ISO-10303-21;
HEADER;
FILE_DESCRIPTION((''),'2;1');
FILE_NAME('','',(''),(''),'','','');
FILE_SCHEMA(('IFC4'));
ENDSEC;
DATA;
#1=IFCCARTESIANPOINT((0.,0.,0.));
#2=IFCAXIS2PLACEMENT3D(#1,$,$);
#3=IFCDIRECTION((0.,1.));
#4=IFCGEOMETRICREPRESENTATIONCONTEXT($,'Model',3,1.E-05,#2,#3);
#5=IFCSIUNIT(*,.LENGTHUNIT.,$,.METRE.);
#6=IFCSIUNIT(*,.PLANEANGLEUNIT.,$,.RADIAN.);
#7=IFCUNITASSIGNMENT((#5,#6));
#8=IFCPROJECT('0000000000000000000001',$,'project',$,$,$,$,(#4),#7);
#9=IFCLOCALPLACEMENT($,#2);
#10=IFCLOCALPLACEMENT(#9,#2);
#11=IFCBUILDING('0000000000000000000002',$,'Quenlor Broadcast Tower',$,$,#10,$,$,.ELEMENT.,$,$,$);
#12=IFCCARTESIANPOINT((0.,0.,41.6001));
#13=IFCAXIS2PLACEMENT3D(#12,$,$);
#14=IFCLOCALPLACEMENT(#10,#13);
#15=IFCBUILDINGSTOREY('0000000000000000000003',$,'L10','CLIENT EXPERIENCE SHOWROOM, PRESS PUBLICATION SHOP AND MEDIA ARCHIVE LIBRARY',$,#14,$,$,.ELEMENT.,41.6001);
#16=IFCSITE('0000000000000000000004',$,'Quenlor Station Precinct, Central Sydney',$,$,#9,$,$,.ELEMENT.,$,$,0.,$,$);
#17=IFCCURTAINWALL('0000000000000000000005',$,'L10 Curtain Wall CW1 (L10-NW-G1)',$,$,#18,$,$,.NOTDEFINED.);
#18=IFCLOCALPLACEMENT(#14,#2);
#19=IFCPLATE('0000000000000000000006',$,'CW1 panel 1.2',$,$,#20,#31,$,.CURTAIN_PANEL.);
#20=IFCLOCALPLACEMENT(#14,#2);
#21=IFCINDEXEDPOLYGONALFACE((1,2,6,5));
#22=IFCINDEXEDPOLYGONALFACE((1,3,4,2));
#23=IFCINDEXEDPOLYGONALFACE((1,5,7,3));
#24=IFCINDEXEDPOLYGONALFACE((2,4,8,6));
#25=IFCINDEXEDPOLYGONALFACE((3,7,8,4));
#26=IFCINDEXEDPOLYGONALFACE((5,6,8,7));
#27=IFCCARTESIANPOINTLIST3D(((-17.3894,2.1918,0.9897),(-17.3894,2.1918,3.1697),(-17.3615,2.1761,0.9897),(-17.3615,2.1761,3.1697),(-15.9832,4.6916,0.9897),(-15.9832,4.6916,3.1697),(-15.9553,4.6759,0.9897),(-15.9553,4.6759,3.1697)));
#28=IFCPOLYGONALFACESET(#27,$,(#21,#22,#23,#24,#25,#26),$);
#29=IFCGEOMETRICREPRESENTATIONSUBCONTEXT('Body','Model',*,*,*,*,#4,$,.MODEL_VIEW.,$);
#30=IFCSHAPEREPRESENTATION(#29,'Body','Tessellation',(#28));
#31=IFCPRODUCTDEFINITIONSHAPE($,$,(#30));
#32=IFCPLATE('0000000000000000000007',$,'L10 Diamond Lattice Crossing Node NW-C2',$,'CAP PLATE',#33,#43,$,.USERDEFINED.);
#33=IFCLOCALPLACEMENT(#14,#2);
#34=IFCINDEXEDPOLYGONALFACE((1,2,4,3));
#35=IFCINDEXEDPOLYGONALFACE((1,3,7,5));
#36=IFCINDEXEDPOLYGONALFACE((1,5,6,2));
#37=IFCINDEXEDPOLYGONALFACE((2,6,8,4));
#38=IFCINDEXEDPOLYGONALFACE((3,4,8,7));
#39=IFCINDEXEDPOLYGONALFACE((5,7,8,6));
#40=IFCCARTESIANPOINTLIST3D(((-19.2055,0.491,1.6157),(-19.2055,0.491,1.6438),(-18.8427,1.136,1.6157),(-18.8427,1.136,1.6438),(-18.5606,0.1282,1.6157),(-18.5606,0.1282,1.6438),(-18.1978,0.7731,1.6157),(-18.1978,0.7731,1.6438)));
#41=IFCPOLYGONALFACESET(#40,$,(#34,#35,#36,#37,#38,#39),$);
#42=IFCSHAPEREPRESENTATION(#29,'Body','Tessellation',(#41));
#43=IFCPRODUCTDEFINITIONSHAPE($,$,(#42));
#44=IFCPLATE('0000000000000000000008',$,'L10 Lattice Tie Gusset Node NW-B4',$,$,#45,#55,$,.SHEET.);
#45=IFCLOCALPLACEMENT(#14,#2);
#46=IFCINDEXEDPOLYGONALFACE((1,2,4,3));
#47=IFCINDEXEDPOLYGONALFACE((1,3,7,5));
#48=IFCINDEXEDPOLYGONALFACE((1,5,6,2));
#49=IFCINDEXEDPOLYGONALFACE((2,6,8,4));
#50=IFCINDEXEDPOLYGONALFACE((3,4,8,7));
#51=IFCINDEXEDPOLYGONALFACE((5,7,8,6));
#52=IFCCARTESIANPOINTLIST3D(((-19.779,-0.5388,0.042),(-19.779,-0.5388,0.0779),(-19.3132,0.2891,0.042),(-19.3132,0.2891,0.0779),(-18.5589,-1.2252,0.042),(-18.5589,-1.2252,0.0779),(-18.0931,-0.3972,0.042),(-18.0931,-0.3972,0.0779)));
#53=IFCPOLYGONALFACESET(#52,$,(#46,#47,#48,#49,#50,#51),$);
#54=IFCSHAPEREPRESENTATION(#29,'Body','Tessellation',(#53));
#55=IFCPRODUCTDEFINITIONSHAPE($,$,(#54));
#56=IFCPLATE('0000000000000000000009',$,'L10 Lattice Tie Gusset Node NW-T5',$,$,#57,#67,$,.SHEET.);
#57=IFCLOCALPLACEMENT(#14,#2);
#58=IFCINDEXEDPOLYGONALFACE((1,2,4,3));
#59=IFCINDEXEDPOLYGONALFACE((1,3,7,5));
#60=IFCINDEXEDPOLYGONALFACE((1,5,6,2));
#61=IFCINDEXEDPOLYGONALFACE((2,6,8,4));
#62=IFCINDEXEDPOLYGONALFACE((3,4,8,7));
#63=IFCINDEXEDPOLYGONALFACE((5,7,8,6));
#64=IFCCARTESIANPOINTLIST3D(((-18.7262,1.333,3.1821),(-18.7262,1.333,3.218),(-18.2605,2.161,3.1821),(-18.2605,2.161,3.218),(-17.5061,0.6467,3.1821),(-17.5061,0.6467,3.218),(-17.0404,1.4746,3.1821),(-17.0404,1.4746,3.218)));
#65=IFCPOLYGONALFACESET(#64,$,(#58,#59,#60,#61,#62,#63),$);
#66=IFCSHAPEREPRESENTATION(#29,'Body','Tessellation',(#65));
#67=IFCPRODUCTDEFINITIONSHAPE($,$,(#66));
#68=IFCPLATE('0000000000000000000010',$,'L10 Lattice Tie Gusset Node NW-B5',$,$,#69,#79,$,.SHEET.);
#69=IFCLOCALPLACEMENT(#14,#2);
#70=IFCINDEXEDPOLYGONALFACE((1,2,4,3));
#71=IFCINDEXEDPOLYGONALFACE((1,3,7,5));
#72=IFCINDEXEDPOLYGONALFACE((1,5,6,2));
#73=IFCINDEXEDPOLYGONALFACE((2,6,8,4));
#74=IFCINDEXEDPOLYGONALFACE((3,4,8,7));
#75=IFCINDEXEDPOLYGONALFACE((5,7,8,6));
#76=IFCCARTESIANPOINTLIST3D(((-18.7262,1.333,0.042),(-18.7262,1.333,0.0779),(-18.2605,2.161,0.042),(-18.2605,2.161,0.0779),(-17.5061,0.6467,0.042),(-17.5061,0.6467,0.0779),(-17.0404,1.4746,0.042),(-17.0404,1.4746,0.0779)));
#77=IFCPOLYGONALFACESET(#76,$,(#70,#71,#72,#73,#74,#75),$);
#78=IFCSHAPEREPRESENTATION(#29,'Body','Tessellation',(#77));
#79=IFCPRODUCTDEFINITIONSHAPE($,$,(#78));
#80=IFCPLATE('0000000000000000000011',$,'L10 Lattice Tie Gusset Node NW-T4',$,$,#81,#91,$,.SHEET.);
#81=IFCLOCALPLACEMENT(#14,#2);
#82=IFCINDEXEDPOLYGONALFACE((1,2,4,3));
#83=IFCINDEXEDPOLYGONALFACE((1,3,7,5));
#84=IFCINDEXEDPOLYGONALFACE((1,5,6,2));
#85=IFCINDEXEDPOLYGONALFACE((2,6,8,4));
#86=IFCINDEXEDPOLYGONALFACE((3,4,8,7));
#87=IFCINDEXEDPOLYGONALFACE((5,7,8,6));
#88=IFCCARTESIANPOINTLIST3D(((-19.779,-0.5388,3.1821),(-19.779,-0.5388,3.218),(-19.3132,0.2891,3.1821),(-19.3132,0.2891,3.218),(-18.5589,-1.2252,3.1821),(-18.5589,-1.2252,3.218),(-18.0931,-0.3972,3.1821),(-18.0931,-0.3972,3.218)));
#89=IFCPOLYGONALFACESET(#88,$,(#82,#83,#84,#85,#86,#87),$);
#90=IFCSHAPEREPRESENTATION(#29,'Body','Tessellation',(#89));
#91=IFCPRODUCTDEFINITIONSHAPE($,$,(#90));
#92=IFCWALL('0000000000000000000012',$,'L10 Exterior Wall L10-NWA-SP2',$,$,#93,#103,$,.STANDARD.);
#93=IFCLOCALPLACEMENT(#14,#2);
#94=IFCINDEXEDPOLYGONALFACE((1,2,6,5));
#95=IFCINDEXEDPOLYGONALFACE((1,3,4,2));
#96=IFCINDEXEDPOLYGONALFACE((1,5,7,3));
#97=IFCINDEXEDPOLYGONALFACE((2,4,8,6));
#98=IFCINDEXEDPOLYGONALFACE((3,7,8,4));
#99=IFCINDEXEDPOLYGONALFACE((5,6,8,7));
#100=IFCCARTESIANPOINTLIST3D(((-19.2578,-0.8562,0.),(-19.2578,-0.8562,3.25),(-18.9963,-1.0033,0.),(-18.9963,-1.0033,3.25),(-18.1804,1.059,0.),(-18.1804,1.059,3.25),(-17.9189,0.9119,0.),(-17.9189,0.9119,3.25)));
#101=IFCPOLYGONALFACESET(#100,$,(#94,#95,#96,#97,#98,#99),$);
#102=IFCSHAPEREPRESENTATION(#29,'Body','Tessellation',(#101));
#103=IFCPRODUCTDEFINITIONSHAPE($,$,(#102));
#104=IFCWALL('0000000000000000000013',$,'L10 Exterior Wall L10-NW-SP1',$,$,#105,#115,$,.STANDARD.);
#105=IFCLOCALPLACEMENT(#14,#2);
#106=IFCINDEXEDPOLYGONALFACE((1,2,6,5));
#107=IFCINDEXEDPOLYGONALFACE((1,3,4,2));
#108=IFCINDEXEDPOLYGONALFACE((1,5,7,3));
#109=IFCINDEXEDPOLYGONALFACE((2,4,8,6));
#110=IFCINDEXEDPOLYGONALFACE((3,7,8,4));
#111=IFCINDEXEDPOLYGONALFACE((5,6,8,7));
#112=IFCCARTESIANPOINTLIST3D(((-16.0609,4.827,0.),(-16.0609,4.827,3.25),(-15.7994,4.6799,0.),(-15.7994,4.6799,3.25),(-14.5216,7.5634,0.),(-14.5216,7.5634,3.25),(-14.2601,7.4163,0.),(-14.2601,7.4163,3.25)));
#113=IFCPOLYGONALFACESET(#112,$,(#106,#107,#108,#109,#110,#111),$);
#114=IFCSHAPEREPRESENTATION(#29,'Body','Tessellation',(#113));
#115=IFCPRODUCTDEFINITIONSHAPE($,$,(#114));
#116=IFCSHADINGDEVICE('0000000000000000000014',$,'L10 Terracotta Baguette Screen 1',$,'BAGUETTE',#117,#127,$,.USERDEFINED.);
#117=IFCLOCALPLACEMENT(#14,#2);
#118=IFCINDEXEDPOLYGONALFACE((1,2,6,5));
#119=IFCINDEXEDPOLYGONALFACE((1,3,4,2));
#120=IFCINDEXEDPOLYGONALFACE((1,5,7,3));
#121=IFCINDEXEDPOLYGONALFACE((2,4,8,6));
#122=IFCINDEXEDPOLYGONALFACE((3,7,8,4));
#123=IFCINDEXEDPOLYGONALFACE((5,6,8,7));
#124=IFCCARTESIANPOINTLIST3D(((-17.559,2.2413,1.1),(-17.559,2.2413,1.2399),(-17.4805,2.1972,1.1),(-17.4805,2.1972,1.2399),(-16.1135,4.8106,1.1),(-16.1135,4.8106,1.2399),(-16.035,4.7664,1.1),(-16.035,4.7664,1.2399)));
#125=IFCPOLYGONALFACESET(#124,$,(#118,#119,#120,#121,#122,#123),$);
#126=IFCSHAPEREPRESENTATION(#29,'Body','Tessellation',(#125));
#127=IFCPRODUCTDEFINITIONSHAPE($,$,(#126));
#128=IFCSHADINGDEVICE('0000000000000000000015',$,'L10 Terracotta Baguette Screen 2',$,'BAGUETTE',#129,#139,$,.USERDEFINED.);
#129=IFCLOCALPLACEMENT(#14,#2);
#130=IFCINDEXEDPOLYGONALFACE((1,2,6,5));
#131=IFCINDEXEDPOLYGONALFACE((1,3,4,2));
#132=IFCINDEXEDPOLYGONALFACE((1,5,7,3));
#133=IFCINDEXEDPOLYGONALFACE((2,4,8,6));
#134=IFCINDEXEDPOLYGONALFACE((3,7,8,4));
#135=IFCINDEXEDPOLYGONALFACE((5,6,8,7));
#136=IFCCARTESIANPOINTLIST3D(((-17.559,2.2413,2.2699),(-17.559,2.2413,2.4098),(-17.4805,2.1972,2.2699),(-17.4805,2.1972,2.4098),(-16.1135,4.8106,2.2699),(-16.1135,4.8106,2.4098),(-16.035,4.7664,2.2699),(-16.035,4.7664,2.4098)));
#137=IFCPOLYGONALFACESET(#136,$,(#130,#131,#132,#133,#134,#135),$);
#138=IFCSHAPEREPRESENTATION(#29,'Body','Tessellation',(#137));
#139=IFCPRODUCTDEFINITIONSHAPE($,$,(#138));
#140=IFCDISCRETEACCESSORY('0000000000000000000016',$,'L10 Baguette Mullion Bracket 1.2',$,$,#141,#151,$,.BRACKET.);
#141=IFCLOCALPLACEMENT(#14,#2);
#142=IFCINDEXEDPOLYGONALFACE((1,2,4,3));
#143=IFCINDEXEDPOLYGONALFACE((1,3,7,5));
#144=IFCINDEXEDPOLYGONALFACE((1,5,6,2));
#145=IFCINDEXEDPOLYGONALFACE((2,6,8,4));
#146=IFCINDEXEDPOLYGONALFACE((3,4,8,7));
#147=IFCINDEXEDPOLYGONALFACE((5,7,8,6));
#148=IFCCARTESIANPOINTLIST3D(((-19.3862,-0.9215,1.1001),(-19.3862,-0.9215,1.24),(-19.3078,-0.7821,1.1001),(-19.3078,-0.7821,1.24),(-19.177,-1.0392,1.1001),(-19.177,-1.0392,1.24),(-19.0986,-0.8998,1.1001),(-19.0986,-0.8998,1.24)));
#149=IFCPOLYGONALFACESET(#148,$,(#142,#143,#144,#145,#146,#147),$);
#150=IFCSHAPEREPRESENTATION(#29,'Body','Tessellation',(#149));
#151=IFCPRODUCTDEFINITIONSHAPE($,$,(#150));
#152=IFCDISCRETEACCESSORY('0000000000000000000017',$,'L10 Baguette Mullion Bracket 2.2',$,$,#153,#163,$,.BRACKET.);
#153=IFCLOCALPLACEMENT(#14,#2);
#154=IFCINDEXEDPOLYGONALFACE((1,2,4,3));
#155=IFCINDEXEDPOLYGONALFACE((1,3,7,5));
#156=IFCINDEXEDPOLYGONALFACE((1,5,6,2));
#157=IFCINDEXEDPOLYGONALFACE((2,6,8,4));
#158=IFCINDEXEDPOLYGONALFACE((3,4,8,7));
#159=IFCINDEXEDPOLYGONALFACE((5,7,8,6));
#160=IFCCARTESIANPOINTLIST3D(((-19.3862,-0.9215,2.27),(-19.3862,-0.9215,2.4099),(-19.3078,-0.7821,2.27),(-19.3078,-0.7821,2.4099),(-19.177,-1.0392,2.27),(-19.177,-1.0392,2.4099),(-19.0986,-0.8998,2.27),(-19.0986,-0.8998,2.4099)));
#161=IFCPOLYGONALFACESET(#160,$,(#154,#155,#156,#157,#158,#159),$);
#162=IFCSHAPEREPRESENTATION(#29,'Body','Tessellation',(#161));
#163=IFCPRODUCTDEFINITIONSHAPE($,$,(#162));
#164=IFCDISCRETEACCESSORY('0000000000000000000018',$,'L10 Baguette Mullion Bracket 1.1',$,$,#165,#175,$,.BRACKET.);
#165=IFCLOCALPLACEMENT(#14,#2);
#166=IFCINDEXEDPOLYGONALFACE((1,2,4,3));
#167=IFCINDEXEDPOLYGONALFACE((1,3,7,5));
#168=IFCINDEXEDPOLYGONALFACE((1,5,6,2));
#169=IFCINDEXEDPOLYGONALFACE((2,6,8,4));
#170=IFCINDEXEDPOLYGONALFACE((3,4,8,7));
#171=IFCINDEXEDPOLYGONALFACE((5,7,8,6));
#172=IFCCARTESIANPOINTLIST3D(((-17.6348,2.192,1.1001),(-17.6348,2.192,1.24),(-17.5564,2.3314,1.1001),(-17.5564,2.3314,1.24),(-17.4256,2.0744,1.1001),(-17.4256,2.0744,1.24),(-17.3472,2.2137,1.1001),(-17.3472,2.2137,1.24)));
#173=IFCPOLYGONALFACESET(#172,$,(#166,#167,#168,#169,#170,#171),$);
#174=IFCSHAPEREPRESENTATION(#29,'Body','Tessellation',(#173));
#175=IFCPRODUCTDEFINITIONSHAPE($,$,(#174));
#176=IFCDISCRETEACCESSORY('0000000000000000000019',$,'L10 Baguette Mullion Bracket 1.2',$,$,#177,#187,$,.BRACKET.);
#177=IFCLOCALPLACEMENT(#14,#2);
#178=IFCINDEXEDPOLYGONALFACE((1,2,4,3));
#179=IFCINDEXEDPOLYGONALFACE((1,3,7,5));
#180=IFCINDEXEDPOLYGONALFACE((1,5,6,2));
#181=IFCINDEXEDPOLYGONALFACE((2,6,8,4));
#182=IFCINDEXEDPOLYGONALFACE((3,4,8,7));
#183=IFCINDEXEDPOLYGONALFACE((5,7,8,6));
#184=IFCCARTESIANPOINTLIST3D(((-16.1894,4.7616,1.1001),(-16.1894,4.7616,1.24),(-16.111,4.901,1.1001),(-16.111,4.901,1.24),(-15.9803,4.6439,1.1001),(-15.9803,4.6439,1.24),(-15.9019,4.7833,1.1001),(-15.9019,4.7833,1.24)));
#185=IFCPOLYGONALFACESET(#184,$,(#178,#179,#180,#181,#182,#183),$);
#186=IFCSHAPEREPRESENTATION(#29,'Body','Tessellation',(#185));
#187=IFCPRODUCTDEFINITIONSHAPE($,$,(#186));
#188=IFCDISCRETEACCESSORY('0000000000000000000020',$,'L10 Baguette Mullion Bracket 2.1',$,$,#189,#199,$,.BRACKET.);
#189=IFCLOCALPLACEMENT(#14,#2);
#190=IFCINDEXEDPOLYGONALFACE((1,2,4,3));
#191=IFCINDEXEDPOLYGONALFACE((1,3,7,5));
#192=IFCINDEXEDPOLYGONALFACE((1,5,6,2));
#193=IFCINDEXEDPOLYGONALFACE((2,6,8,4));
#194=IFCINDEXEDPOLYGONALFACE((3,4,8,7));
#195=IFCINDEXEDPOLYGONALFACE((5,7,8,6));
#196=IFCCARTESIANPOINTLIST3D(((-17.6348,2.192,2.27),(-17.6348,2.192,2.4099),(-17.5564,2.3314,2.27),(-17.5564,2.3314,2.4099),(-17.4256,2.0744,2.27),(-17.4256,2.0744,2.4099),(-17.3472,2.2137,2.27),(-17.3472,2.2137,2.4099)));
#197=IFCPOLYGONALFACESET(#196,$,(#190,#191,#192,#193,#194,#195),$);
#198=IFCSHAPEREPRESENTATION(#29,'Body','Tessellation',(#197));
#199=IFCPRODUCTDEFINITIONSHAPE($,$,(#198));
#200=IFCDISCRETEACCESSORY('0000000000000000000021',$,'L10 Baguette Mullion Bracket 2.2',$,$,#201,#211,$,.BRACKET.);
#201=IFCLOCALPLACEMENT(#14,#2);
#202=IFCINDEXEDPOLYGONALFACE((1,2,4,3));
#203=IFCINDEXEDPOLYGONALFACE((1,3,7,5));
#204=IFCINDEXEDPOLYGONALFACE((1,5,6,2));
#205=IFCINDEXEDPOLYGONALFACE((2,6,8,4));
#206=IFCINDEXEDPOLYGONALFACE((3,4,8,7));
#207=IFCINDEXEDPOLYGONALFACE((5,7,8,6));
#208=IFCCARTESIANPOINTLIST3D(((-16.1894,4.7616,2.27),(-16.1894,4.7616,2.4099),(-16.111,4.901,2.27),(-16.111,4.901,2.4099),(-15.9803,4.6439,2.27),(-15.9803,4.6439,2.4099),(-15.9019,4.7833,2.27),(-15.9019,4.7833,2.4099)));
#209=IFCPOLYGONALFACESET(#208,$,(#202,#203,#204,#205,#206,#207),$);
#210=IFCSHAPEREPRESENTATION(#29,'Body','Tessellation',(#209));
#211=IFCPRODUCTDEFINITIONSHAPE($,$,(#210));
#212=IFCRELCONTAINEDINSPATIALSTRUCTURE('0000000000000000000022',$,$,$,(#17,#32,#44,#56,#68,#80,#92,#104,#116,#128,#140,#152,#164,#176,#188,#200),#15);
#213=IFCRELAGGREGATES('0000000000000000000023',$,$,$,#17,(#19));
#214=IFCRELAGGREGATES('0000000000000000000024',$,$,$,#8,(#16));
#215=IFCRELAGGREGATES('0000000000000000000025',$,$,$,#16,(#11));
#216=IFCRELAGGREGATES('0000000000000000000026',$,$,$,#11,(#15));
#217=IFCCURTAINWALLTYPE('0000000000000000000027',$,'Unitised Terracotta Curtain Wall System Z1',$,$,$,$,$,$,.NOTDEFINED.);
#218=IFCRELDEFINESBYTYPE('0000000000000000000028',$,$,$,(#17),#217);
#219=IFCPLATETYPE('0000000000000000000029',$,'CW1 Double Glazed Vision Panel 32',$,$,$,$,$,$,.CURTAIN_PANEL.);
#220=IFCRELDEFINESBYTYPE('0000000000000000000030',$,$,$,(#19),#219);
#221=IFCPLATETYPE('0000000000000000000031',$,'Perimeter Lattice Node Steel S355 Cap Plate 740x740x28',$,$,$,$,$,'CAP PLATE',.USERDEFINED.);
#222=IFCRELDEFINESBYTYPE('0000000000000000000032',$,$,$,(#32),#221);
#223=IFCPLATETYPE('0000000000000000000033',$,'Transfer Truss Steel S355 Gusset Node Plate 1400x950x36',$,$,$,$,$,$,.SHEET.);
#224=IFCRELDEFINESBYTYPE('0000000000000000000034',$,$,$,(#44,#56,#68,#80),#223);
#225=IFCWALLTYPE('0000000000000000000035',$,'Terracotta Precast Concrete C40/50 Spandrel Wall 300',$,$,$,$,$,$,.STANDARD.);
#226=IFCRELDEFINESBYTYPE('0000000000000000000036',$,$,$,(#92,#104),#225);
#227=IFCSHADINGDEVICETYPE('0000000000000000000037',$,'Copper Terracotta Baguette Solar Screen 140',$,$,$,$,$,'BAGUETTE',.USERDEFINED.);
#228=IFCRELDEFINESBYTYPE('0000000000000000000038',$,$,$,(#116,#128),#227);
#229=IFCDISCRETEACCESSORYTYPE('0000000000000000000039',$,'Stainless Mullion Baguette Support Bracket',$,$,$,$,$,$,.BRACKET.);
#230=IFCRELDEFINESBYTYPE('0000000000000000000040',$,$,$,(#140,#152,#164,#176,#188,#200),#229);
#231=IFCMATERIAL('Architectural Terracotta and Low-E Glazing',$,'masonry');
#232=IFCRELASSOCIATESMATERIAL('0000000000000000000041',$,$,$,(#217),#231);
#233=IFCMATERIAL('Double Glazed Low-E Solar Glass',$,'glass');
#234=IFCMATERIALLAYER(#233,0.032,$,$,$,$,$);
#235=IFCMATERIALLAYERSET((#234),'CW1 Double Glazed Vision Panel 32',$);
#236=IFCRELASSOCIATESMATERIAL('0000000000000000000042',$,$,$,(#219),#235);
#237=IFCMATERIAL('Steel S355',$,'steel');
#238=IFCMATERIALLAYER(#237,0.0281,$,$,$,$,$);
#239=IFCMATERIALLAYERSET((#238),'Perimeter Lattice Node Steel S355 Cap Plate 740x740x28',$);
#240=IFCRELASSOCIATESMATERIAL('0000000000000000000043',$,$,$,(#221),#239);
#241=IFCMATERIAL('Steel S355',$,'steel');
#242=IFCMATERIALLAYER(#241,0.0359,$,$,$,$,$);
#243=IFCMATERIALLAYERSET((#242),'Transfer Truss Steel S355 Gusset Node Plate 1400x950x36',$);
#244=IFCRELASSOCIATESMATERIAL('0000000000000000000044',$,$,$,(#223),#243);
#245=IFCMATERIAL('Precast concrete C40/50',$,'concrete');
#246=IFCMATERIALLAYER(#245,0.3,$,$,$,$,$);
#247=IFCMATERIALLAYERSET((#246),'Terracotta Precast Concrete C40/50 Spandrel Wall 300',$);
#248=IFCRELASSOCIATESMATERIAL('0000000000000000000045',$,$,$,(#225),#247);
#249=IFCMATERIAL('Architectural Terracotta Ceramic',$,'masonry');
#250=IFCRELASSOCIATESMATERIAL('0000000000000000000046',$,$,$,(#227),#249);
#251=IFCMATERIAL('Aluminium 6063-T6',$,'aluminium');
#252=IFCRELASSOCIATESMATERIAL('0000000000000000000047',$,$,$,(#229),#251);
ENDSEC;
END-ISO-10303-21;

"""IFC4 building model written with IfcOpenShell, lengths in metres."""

from ifc_helpers import new_model, si_unit, direction, frame, frame_2d, origin, origin_2d, place, context, subcontext, project, spatial, rectangle, extrude, material, layer, layer_set, material_profile, profile_set, type_object, element, aggregate, save


model = new_model("IFC4")

# Units and contexts
model_context = context("Model", 3, precision=1e-05, world=origin(), true_north=direction((0.0, 1.0)))
body_context = subcontext(model_context, "Body", "Model", "MODEL_VIEW")
ifc_project = project(units=[si_unit("LENGTHUNIT", "METRE"), si_unit("PLANEANGLEUNIT", "RADIAN")], contexts=[model_context])

# Site, building, storey
site_placement = place(None, origin())
site = spatial("IfcSite", under=ifc_project, at=site_placement, Name="Quenlor Station Precinct, Central Sydney", CompositionType="ELEMENT", RefElevation=0.0)
building_placement = place(site_placement, origin())
building = spatial("IfcBuilding", under=site, at=building_placement, Name="Quenlor Broadcast Tower", CompositionType="ELEMENT")
storey_placement = place(building_placement, frame((0.0, 0.0, 41.6001)))
storey = spatial("IfcBuildingStorey", under=building, at=storey_placement, Name="L10", Description="CLIENT EXPERIENCE SHOWROOM, PRESS PUBLICATION SHOP AND MEDIA ARCHIVE LIBRARY", CompositionType="ELEMENT", Elevation=41.6001)

# Shared definitions
ifc_material_1 = material(Name="Architectural Terracotta and Low-E Glazing", Category="masonry")
curtain_wall_type = type_object("IfcCurtainWallType", Name="Unitised Terracotta Curtain Wall System Z1", PredefinedType="NOTDEFINED", material=ifc_material_1)

# Curtain wall
curtain_wall_1_placement = place(storey_placement, origin())
curtain_wall_1 = element("IfcCurtainWall", 1, at=curtain_wall_1_placement, inside=storey, type_object=curtain_wall_type, Name="L10 Curtain Wall CW1 (L10-NW-G1)", PredefinedType="NOTDEFINED")

# Plate
ifc_material_2 = material(Name="Double Glazed Low-E Solar Glass", Category="glass")
ifc_layer_1 = layer(ifc_material_2, 0.032)
ifc_layer_set_1 = layer_set([ifc_layer_1], Name="CW1 Double Glazed Vision Panel 32")
plate_type_1 = type_object("IfcPlateType", Name="CW1 Double Glazed Vision Panel 32", PredefinedType="CURTAIN_PANEL", material=ifc_layer_set_1)
plate_1_placement = place(storey_placement, frame((-16.6724, 3.4338, 0.9897), z_axis=(0.0, 0.0, 1.0), x_axis=(0.490274, 0.871568, 0.0)))
plate_1 = element("IfcPlate", 2, at=plate_1_placement, type_object=plate_type_1, Name="CW1 panel 1.2", PredefinedType="CURTAIN_PANEL", context=body_context, shape_type="SweptSolid", body=[
    extrude(rectangle(XDim=2.8682, YDim=0.032, at=origin_2d()), origin(), (0.0, 0.0, 1.0), 2.1799),
])
aggregate(curtain_wall_1, [plate_1])

# Plates
ifc_material_3 = material(Name="Steel S355", Category="steel")
ifc_layer_2 = layer(ifc_material_3, 0.0281)
ifc_layer_set_2 = layer_set([ifc_layer_2], Name="Perimeter Lattice Node Steel S355 Cap Plate 740x740x28")
plate_type_2 = type_object("IfcPlateType", Name="Perimeter Lattice Node Steel S355 Cap Plate 740x740x28", ElementType="CAP PLATE", PredefinedType="USERDEFINED", material=ifc_layer_set_2)
plate_2_placement = place(storey_placement, frame((-18.7017, 0.6321, 1.6157), z_axis=(0.0, 0.0, 1.0), x_axis=(0.490295, 0.871556, 0.0)))
element("IfcPlate", 3, at=plate_2_placement, inside=storey, type_object=plate_type_2, Name="L10 Diamond Lattice Crossing Node NW-C2", ObjectType="CAP PLATE", PredefinedType="USERDEFINED", context=body_context, shape_type="SweptSolid", body=[
    extrude(rectangle(XDim=0.74, YDim=0.74, at=origin_2d()), origin(), (0.0, 0.0, 1.0), 0.0281),
])
ifc_material_4 = material(Name="Steel S355", Category="steel")
ifc_layer_3 = layer(ifc_material_4, 0.0359)
ifc_layer_set_3 = layer_set([ifc_layer_3], Name="Transfer Truss Steel S355 Gusset Node Plate 1400x950x36")
plate_type_3 = type_object("IfcPlateType", Name="Transfer Truss Steel S355 Gusset Node Plate 1400x950x36", PredefinedType="SHEET", material=ifc_layer_set_3)
for number, where, z_axis, x_axis, name in (
    (4, (-18.936, -0.468, 0.042), (0.0, 0.0, 1.0), (-0.871556, 0.490295, 0.0), "L10 Lattice Tie Gusset Node NW-B4"),
    (5, (-17.8833, 1.4038, 3.1821), (0.0, 0.0, 1.0), (-0.871556, 0.490295, 0.0), "L10 Lattice Tie Gusset Node NW-T5"),
    (6, (-17.8833, 1.4038, 0.042), (0.0, 0.0, 1.0), (-0.871556, 0.490295, 0.0), "L10 Lattice Tie Gusset Node NW-B5"),
    (7, (-18.936, -0.468, 3.1821), (0.0, 0.0, 1.0), (-0.871556, 0.490295, 0.0), "L10 Lattice Tie Gusset Node NW-T4"),
):
    element("IfcPlate", number, at=place(storey_placement, frame(where, z_axis=z_axis, x_axis=x_axis)), inside=storey, type_object=plate_type_3, Name=name, PredefinedType="SHEET", context=body_context, shape_type="SweptSolid", body=[
        extrude(rectangle(XDim=1.3999, YDim=0.95, at=origin_2d()), origin(), (0.0, 0.0, 1.0), 0.0359),
    ])

# Walls
ifc_material_5 = material(Name="Precast concrete C40/50", Category="concrete")
ifc_layer_4 = layer(ifc_material_5, 0.3)
ifc_layer_set_4 = layer_set([ifc_layer_4], Name="Terracotta Precast Concrete C40/50 Spandrel Wall 300")
wall_type = type_object("IfcWallType", Name="Terracotta Precast Concrete C40/50 Spandrel Wall 300", PredefinedType="STANDARD", material=ifc_layer_set_4)
wall_1_placement = place(storey_placement, frame((-19.127, -0.9297, 0.0), z_axis=(0.0, 0.0, 1.0), x_axis=(0.490277, 0.871567, 0.0)))
element("IfcWall", 8, at=wall_1_placement, inside=storey, type_object=wall_type, Name="L10 Exterior Wall L10-NWA-SP2", PredefinedType="STANDARD", context=body_context, shape_type="SweptSolid", body=[
    extrude(rectangle(XDim=2.1975, YDim=0.3, at=frame_2d((1.0986, 0.0))), origin(), (0.0, 0.0, 1.0), 3.25),
])
wall_2_placement = place(storey_placement, frame((-15.9302, 4.7534, 0.0), z_axis=(0.0, 0.0, 1.0), x_axis=(0.490291, 0.871559, 0.0)))
element("IfcWall", 9, at=wall_2_placement, inside=storey, type_object=wall_type, Name="L10 Exterior Wall L10-NW-SP1", PredefinedType="STANDARD", context=body_context, shape_type="SweptSolid", body=[
    extrude(rectangle(XDim=3.1396, YDim=0.3, at=frame_2d((1.5698, 0.0))), origin(), (0.0, 0.0, 1.0), 3.25),
])

# Shading devices
ifc_material_6 = material(Name="Architectural Terracotta Ceramic", Category="masonry")
ifc_material_profile_1 = material_profile(ifc_material_6, rectangle(XDim=0.0901, YDim=0.1399, at=origin_2d()))
ifc_profile_set_1 = profile_set([ifc_material_profile_1], Name="Architectural Terracotta Ceramic BAG90x140")
shading_device_type = type_object("IfcShadingDeviceType", Name="Copper Terracotta Baguette Solar Screen 140", ElementType="BAGUETTE", PredefinedType="USERDEFINED", material=ifc_profile_set_1)
for number, where, z_axis, x_axis, name in (
    (10, (-17.5198, 2.2192, 1.1699), (0.49034, 0.871531, 0.0), (-0.871531, 0.49034, 0.0), "L10 Terracotta Baguette Screen 1"),
    (11, (-17.5198, 2.2192, 2.3398), (0.49034, 0.871531, 0.0), (-0.871531, 0.49034, 0.0), "L10 Terracotta Baguette Screen 2"),
):
    element("IfcShadingDevice", number, at=place(storey_placement, frame(where, z_axis=z_axis, x_axis=x_axis)), inside=storey, type_object=shading_device_type, Name=name, ObjectType="BAGUETTE", PredefinedType="USERDEFINED", context=body_context, shape_type="SweptSolid", body=[
        extrude(rectangle(XDim=0.0901, YDim=0.1399, at=origin_2d()), origin(), (0.0, 0.0, 1.0), 2.948),
    ])

# Discrete accessories
ifc_material_7 = material(Name="Aluminium 6063-T6", Category="aluminium")
discrete_accessory_type = type_object("IfcDiscreteAccessoryType", Name="Stainless Mullion Baguette Support Bracket", PredefinedType="BRACKET", material=ifc_material_7)
for number, where, z_axis, x_axis, name in (
    (12, (-19.2424, -0.9106, 1.1001), (0.0, 0.0, 1.0), (0.490257, 0.871578, 0.0), "L10 Baguette Mullion Bracket 1.2"),
    (13, (-19.2424, -0.9106, 2.27), (0.0, 0.0, 1.0), (0.490257, 0.871578, 0.0), "L10 Baguette Mullion Bracket 2.2"),
    (14, (-17.491, 2.2029, 1.1001), (0.0, 0.0, 1.0), (0.490274, 0.871568, 0.0), "L10 Baguette Mullion Bracket 1.1"),
    (15, (-16.0457, 4.7725, 1.1001), (0.0, 0.0, 1.0), (0.490274, 0.871568, 0.0), "L10 Baguette Mullion Bracket 1.2"),
    (16, (-17.491, 2.2029, 2.27), (0.0, 0.0, 1.0), (0.490274, 0.871568, 0.0), "L10 Baguette Mullion Bracket 2.1"),
    (17, (-16.0457, 4.7725, 2.27), (0.0, 0.0, 1.0), (0.490274, 0.871568, 0.0), "L10 Baguette Mullion Bracket 2.2"),
):
    element("IfcDiscreteAccessory", number, at=place(storey_placement, frame(where, z_axis=z_axis, x_axis=x_axis)), inside=storey, type_object=discrete_accessory_type, Name=name, PredefinedType="BRACKET", context=body_context, shape_type="SweptSolid", body=[
        extrude(rectangle(XDim=0.1599, YDim=0.24, at=origin_2d()), origin(), (0.0, 0.0, 1.0), 0.1399),
    ])

save(model, "model.ifc")
